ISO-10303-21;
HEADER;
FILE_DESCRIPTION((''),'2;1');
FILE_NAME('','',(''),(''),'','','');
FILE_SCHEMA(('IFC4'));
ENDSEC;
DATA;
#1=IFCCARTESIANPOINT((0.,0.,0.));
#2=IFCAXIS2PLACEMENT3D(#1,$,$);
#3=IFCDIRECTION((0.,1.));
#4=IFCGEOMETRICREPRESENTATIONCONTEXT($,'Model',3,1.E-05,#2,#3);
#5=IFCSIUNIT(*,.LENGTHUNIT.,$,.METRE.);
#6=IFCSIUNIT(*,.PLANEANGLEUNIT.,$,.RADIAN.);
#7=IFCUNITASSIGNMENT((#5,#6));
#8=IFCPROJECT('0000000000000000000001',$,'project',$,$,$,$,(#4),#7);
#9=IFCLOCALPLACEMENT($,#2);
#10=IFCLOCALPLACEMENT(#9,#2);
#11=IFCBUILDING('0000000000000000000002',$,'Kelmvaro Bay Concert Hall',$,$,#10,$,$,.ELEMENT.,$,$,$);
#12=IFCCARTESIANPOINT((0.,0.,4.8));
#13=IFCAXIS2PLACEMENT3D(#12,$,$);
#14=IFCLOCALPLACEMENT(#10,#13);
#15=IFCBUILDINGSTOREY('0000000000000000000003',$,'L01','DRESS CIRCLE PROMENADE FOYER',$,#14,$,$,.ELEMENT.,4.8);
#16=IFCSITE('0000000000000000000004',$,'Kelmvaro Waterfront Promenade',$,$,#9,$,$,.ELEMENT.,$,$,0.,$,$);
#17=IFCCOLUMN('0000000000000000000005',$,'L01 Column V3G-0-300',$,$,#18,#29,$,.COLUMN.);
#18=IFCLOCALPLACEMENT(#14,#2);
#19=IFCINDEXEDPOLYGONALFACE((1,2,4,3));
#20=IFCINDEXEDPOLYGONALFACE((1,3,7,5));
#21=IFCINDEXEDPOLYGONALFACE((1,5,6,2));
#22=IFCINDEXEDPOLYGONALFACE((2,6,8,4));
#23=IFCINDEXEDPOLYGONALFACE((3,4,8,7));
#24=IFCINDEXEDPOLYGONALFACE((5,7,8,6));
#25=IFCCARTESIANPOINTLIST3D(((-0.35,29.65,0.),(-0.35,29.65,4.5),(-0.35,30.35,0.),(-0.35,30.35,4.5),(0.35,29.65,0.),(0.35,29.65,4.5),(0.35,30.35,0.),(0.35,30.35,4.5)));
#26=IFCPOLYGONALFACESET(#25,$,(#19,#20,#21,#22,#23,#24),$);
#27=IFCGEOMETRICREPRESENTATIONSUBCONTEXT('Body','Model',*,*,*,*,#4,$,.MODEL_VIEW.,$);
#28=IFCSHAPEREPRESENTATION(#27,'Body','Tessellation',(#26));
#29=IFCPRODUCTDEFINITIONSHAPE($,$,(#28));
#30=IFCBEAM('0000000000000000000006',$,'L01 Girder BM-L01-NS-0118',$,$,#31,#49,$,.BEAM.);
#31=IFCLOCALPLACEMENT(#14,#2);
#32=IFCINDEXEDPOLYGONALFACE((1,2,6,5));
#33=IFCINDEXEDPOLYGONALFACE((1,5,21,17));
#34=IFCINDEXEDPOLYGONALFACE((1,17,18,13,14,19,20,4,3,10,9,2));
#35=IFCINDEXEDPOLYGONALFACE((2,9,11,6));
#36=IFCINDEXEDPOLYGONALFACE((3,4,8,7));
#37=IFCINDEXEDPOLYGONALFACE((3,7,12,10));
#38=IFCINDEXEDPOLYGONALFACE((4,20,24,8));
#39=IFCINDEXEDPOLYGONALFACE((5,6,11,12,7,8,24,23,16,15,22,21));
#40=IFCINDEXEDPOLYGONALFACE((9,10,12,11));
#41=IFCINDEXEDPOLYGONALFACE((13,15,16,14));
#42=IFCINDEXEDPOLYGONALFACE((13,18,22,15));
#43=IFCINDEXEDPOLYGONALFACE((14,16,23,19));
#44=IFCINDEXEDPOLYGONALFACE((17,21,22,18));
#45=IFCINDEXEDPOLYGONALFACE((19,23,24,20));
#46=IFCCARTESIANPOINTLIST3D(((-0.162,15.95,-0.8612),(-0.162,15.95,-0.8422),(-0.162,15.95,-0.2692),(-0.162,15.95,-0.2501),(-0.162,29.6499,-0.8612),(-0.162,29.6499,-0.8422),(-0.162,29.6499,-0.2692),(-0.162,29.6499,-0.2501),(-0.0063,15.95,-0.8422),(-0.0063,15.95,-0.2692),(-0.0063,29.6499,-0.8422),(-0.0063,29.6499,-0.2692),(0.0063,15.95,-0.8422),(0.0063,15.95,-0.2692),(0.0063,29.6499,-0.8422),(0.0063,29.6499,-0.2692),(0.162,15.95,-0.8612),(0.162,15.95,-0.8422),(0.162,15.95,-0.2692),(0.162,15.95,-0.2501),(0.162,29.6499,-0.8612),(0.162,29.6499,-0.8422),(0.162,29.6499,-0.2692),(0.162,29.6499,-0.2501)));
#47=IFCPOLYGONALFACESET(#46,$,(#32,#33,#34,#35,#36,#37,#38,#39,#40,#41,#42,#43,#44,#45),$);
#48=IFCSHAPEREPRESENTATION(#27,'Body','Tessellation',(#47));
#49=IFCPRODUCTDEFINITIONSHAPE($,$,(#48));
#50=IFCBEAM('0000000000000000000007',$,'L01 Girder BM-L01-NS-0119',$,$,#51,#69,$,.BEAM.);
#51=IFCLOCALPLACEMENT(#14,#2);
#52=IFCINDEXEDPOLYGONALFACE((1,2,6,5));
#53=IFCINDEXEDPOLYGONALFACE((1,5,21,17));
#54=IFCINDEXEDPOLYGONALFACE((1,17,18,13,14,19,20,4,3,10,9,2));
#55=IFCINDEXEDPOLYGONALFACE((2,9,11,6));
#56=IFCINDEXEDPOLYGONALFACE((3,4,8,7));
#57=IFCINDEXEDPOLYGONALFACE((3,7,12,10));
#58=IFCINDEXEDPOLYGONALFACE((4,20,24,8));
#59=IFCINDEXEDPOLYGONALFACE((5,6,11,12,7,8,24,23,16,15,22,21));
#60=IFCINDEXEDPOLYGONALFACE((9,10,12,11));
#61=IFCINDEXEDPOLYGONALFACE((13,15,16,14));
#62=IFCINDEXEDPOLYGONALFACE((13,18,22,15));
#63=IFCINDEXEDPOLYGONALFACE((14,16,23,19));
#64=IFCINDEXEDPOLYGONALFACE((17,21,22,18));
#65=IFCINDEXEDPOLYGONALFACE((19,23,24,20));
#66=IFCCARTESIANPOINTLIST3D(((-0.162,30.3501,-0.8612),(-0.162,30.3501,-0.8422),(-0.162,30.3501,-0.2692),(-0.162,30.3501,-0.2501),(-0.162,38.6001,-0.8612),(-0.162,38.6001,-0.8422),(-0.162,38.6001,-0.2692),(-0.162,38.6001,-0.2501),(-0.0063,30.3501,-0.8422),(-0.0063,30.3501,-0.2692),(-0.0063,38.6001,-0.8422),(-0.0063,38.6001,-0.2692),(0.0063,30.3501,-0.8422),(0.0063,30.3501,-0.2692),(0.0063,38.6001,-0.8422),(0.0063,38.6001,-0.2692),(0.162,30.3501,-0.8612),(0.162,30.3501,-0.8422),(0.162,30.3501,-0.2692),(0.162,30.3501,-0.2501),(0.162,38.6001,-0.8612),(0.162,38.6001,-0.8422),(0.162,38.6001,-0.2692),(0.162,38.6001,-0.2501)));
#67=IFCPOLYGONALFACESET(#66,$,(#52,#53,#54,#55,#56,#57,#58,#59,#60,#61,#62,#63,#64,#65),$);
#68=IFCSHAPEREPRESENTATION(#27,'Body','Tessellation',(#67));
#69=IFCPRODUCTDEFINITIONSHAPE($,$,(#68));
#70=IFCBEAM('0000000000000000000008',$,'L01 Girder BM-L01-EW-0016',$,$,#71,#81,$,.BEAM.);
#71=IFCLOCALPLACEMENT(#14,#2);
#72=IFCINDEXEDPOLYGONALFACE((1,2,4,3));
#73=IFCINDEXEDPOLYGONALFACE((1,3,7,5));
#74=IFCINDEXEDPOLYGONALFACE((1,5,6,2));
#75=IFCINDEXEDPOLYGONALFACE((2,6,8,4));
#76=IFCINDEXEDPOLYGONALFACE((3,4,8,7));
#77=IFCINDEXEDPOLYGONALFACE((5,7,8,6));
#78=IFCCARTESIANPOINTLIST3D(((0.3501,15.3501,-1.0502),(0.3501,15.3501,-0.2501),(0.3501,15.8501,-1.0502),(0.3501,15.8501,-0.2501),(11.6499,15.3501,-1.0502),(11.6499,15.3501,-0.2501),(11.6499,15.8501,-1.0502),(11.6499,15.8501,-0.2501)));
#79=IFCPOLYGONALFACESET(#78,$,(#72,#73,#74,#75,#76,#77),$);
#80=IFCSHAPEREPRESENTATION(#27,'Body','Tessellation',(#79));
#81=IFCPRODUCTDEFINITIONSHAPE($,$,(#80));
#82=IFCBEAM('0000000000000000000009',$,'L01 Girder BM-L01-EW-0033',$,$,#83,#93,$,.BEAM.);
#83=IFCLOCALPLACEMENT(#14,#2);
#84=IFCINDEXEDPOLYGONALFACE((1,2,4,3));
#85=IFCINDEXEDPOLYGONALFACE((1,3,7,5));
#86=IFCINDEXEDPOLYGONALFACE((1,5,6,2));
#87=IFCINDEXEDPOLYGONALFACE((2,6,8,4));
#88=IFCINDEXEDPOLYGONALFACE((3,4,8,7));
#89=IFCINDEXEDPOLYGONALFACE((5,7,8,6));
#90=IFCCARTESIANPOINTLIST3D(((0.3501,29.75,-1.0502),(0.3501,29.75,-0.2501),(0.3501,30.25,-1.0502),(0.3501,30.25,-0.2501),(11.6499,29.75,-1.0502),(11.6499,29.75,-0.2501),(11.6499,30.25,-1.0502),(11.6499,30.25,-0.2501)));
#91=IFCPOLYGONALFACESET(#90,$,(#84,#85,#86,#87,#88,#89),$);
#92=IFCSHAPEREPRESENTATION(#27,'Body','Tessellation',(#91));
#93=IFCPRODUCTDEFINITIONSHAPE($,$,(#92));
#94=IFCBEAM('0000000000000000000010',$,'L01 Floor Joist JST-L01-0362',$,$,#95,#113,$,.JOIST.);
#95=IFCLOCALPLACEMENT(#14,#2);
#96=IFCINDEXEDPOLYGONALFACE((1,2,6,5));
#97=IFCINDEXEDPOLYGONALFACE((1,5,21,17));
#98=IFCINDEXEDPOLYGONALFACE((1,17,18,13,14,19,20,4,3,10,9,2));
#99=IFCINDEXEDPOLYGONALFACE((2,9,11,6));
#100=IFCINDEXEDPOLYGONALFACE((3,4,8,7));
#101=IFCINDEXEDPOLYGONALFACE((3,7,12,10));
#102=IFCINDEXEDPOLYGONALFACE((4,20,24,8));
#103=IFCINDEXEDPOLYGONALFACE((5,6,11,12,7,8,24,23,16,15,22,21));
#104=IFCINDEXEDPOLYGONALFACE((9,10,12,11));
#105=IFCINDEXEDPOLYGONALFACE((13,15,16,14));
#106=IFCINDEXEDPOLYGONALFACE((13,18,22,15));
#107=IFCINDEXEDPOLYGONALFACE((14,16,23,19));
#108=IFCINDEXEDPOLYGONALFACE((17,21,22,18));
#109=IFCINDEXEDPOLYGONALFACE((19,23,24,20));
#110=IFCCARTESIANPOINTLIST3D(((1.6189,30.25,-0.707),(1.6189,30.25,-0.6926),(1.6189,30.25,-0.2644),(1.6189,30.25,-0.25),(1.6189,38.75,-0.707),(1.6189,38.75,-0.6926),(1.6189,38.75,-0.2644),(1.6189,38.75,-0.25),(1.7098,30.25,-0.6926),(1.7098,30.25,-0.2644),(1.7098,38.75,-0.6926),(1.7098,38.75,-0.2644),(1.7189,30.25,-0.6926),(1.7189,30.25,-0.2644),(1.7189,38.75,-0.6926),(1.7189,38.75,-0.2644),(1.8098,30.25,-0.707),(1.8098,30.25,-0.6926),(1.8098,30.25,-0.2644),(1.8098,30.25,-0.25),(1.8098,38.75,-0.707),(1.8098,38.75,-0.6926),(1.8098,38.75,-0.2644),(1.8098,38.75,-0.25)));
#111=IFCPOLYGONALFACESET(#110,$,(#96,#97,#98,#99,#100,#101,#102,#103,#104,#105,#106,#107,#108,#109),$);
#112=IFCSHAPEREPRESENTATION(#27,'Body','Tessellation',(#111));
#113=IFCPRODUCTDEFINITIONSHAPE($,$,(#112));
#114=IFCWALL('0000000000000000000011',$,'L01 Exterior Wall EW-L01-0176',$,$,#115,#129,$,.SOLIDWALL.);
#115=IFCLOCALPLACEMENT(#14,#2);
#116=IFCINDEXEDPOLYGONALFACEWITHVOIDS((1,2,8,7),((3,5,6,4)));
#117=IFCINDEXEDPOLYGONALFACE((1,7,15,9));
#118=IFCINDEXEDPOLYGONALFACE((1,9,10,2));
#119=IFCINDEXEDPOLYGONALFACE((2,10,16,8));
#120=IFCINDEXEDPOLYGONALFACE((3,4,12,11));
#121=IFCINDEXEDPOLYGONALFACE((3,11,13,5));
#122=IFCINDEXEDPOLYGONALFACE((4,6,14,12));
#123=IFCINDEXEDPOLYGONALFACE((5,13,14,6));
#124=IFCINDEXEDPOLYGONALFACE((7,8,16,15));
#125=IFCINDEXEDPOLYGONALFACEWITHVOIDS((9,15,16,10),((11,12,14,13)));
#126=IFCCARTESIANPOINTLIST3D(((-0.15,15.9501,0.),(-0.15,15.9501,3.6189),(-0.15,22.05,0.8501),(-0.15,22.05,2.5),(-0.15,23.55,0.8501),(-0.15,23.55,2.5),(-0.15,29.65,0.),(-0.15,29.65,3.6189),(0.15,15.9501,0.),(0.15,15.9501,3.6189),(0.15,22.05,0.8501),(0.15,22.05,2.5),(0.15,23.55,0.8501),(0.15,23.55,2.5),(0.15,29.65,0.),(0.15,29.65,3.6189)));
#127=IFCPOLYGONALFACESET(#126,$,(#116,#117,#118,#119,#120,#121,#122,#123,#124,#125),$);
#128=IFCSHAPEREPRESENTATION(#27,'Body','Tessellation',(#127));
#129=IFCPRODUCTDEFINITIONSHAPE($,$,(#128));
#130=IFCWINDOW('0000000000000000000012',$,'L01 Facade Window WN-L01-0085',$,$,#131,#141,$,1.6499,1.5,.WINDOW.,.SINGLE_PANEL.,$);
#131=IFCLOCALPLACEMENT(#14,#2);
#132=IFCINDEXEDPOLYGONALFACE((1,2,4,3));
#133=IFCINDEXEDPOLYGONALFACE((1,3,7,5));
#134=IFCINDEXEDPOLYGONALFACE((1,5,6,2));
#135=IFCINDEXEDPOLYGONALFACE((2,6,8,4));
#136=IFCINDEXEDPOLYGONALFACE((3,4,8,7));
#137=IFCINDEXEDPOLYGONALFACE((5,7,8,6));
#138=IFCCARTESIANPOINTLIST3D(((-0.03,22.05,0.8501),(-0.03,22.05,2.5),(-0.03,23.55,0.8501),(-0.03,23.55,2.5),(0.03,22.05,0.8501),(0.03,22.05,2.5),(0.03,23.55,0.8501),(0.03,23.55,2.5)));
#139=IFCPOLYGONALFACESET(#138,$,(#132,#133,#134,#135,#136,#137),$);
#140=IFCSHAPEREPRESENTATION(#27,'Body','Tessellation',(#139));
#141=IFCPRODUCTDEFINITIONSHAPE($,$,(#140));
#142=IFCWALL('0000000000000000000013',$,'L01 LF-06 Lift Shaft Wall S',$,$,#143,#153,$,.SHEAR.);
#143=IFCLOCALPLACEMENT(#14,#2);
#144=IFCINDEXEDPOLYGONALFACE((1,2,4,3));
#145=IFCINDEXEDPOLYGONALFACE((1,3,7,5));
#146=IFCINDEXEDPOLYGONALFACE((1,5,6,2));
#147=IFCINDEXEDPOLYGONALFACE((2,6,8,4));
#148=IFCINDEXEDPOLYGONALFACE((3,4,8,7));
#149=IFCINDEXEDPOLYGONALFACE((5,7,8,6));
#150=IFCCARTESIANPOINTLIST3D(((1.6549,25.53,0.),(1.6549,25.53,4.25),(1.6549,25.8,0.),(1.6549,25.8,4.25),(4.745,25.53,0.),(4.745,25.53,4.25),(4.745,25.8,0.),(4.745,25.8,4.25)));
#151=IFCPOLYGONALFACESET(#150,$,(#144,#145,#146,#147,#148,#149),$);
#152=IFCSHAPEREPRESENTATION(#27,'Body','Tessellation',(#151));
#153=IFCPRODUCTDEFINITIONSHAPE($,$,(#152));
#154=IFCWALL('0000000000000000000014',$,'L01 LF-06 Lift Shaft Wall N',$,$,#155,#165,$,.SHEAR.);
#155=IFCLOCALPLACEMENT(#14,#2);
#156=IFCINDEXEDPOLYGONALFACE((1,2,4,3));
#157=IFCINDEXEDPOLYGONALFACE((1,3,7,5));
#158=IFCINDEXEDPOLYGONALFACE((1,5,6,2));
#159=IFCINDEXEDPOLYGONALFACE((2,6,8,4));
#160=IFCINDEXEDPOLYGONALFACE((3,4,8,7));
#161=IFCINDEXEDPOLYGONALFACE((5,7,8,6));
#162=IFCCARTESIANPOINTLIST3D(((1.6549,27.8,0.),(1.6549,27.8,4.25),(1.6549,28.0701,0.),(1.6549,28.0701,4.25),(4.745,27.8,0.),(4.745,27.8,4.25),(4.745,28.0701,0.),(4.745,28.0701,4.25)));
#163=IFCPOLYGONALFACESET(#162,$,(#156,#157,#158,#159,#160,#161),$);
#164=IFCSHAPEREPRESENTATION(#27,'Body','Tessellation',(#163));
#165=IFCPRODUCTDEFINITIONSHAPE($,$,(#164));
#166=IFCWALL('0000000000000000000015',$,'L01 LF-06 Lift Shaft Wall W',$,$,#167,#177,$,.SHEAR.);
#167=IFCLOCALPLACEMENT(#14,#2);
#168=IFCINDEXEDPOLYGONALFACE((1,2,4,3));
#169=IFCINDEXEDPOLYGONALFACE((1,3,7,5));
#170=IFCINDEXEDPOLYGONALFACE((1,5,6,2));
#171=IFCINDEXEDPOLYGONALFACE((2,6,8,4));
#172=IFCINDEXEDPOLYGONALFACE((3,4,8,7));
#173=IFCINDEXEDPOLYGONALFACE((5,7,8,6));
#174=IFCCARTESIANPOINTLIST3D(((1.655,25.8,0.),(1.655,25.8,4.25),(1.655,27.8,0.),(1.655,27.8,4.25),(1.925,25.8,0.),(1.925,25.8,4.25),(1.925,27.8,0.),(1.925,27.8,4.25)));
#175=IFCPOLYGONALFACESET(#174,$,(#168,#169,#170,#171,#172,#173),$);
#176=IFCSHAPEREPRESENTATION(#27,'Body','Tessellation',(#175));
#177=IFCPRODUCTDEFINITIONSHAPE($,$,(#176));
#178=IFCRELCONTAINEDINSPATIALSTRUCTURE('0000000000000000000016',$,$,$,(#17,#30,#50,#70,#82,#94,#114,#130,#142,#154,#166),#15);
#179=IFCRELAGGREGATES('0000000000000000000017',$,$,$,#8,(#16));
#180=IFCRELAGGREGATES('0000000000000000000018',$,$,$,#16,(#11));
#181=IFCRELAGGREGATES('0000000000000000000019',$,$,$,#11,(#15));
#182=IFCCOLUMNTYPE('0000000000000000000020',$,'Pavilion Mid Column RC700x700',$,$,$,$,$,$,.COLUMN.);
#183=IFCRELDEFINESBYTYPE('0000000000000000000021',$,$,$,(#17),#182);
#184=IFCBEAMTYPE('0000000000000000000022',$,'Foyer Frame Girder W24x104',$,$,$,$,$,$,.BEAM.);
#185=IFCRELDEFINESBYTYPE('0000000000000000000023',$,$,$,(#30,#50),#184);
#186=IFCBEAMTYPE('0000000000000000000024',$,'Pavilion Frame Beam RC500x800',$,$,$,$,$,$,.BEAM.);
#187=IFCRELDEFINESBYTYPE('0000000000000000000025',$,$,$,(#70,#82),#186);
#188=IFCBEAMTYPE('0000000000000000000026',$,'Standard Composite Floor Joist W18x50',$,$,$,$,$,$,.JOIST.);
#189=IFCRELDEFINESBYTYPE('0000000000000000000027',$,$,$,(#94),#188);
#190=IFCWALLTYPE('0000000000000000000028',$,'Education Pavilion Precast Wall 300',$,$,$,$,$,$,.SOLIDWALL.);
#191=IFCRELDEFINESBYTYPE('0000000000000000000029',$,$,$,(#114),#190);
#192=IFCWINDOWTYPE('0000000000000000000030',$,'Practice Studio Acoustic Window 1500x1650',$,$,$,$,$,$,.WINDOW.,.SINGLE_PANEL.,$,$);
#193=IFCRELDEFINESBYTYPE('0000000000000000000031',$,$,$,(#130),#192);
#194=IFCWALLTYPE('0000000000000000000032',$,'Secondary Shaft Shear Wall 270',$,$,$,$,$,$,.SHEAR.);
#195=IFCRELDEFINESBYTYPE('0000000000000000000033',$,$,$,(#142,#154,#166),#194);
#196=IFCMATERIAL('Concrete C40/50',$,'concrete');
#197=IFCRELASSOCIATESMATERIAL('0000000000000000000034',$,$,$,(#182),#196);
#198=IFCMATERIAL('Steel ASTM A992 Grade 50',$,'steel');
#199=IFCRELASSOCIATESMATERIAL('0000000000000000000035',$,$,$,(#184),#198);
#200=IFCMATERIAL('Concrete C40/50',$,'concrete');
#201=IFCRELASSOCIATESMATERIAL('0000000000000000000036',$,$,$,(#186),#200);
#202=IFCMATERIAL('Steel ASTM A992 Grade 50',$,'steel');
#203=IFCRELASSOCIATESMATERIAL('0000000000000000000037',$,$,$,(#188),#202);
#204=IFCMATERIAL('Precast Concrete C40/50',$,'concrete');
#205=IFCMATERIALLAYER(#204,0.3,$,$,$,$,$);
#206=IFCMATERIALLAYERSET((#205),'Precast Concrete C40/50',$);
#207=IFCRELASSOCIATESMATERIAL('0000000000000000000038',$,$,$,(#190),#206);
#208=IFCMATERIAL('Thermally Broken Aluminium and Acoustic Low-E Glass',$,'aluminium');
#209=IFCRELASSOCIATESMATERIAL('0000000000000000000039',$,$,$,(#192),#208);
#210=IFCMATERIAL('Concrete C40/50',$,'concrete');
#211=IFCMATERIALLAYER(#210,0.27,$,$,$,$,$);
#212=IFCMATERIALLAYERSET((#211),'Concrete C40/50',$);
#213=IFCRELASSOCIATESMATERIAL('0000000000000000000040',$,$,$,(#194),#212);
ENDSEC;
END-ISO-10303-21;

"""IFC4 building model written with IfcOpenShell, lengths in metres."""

from ifc_helpers import new_model, si_unit, direction, frame, frame_2d, origin, origin_2d, place, context, subcontext, project, spatial, rectangle, i_section, extrude, material, layer, layer_set, material_profile, profile_set, type_object, element, fill, save


model = new_model("IFC4")

# Units and contexts
model_context = context("Model", 3, precision=1e-05, world=origin(), true_north=direction((0.0, 1.0)))
body_context = subcontext(model_context, "Body", "Model", "MODEL_VIEW")
ifc_project = project(units=[si_unit("LENGTHUNIT", "METRE"), si_unit("PLANEANGLEUNIT", "RADIAN")], contexts=[model_context])

# Site, building, storey
site_placement = place(None, origin())
site = spatial("IfcSite", under=ifc_project, at=site_placement, Name="Kelmvaro Waterfront Promenade", CompositionType="ELEMENT", RefElevation=0.0)
building_placement = place(site_placement, origin())
building = spatial("IfcBuilding", under=site, at=building_placement, Name="Kelmvaro Bay Concert Hall", CompositionType="ELEMENT")
storey_placement = place(building_placement, frame((0.0, 0.0, 4.8)))
storey = spatial("IfcBuildingStorey", under=building, at=storey_placement, Name="L01", Description="DRESS CIRCLE PROMENADE FOYER", CompositionType="ELEMENT", Elevation=4.8)

# Column
ifc_material_1 = material(Name="Concrete C40/50", Category="concrete")
ifc_material_profile_1 = material_profile(ifc_material_1, rectangle(XDim=0.7, YDim=0.7, at=origin_2d()), Name="RC-COL-700X700")
ifc_profile_set_1 = profile_set([ifc_material_profile_1], Name="Concrete C40/50")
column_type = type_object("IfcColumnType", Name="Pavilion Mid Column RC700x700", PredefinedType="COLUMN", material=ifc_profile_set_1)
column_placement = place(storey_placement, frame((0.0, 30.0, 0.0), z_axis=(0.0, 0.0, 1.0), x_axis=(1.0, 0.0, 0.0)))
element("IfcColumn", 1, at=column_placement, inside=storey, type_object=column_type, Name="L01 Column V3G-0-300", PredefinedType="COLUMN", context=body_context, shape_type="SweptSolid", body=[
    extrude(rectangle(XDim=0.7, YDim=0.7, at=origin_2d()), origin(), (0.0, 0.0, 1.0), 4.5),
])

# Beams
ifc_material_2 = material(Name="Steel ASTM A992 Grade 50", Category="steel")
ifc_material_profile_2 = material_profile(ifc_material_2, i_section(OverallWidth=0.324, OverallDepth=0.6111, WebThickness=0.0127, FlangeThickness=0.019, at=origin_2d()), Name="W24X104")
ifc_profile_set_2 = profile_set([ifc_material_profile_2], Name="Steel ASTM A992 Grade 50")
beam_type_1 = type_object("IfcBeamType", Name="Foyer Frame Girder W24x104", PredefinedType="BEAM", material=ifc_profile_set_2)
beam_1_placement = place(storey_placement, frame((0.0, 15.95, -0.5557), z_axis=(0.0, 1.0, 0.0), x_axis=(-1.0, 0.0, 0.0)))
element("IfcBeam", 2, at=beam_1_placement, inside=storey, type_object=beam_type_1, Name="L01 Girder BM-L01-NS-0118", PredefinedType="BEAM", context=body_context, shape_type="SweptSolid", body=[
    extrude(i_section(OverallWidth=0.324, OverallDepth=0.6111, WebThickness=0.0127, FlangeThickness=0.019, at=origin_2d()), origin(), (0.0, 0.0, 1.0), 13.7),
])
beam_2_placement = place(storey_placement, frame((0.0, 30.3501, -0.5557), z_axis=(0.0, 1.0, 0.0), x_axis=(-1.0, 0.0, 0.0)))
element("IfcBeam", 3, at=beam_2_placement, inside=storey, type_object=beam_type_1, Name="L01 Girder BM-L01-NS-0119", PredefinedType="BEAM", context=body_context, shape_type="SweptSolid", body=[
    extrude(i_section(OverallWidth=0.324, OverallDepth=0.6111, WebThickness=0.0127, FlangeThickness=0.019, at=origin_2d()), origin(), (0.0, 0.0, 1.0), 8.25),
])
ifc_material_3 = material(Name="Concrete C40/50", Category="concrete")
ifc_material_profile_3 = material_profile(ifc_material_3, rectangle(XDim=0.5, YDim=0.8, at=origin_2d()), Name="RC-BM-500X800")
ifc_profile_set_3 = profile_set([ifc_material_profile_3], Name="Concrete C40/50")
beam_type_2 = type_object("IfcBeamType", Name="Pavilion Frame Beam RC500x800", PredefinedType="BEAM", material=ifc_profile_set_3)
for number, where, z_axis, x_axis, name in (
    (4, (0.3501, 15.6001, -0.6501), (1.0, 0.0, 0.0), (0.0, 1.0, 0.0), "L01 Girder BM-L01-EW-0016"),
    (5, (0.3501, 30.0, -0.6501), (1.0, 0.0, 0.0), (0.0, 1.0, 0.0), "L01 Girder BM-L01-EW-0033"),
):
    element("IfcBeam", number, at=place(storey_placement, frame(where, z_axis=z_axis, x_axis=x_axis)), inside=storey, type_object=beam_type_2, Name=name, PredefinedType="BEAM", context=body_context, shape_type="SweptSolid", body=[
        extrude(rectangle(XDim=0.5, YDim=0.8, at=origin_2d()), origin(), (0.0, 0.0, 1.0), 11.2998),
    ])
ifc_material_4 = material(Name="Steel ASTM A992 Grade 50", Category="steel")
ifc_material_profile_4 = material_profile(ifc_material_4, i_section(OverallWidth=0.1909, OverallDepth=0.457, WebThickness=0.009, FlangeThickness=0.0144, at=origin_2d()), Name="W18X50")
ifc_profile_set_4 = profile_set([ifc_material_profile_4], Name="Steel ASTM A992 Grade 50")
beam_type_3 = type_object("IfcBeamType", Name="Standard Composite Floor Joist W18x50", PredefinedType="JOIST", material=ifc_profile_set_4)
beam_3_placement = place(storey_placement, frame((1.7144, 30.25, -0.4785), z_axis=(0.0, 1.0, 0.0), x_axis=(-1.0, 0.0, 0.0)))
element("IfcBeam", 6, at=beam_3_placement, inside=storey, type_object=beam_type_3, Name="L01 Floor Joist JST-L01-0362", PredefinedType="JOIST", context=body_context, shape_type="SweptSolid", body=[
    extrude(i_section(OverallWidth=0.1909, OverallDepth=0.457, WebThickness=0.009, FlangeThickness=0.0144, at=origin_2d()), origin(), (0.0, 0.0, 1.0), 8.5),
])

# Wall, opening, window
ifc_material_5 = material(Name="Precast Concrete C40/50", Category="concrete")
ifc_layer_1 = layer(ifc_material_5, 0.3)
ifc_layer_set_1 = layer_set([ifc_layer_1], Name="Precast Concrete C40/50")
wall_type_1 = type_object("IfcWallType", Name="Education Pavilion Precast Wall 300", PredefinedType="SOLIDWALL", material=ifc_layer_set_1)
wall_1_placement = place(storey_placement, frame((0.0, 15.95, 0.0), z_axis=(0.0, 0.0, 1.0), x_axis=(0.0, 1.0, 0.0)))
wall_1 = element("IfcWall", 7, at=wall_1_placement, inside=storey, type_object=wall_type_1, Name="L01 Exterior Wall EW-L01-0176", PredefinedType="SOLIDWALL", context=body_context, shape_type="SweptSolid", body=[
    extrude(rectangle(XDim=13.7, YDim=0.3, at=frame_2d((6.8501, 0.0))), origin(), (0.0, 0.0, 1.0), 3.6189),
])
opening_placement = place(wall_1_placement, frame((6.1001, 0.0, 0.8501)))
opening = element("IfcOpeningElement", 8, at=opening_placement, cuts=wall_1, PredefinedType="OPENING", context=body_context, shape_type="SweptSolid", body=[
    extrude(rectangle(XDim=1.5, YDim=1.6499, at=frame_2d((0.75, 0.825))), frame((0.0, 0.1599, 0.0), z_axis=(0.0, -1.0, 0.0), x_axis=(1.0, 0.0, 0.0)), (0.0, 0.0, 1.0), 0.3201),
])
ifc_material_6 = material(Name="Thermally Broken Aluminium and Acoustic Low-E Glass", Category="aluminium")
window_type = type_object("IfcWindowType", Name="Practice Studio Acoustic Window 1500x1650", PartitioningType="SINGLE_PANEL", PredefinedType="WINDOW", material=ifc_material_6)
window_placement = place(opening_placement, origin())
window = element("IfcWindow", 9, at=window_placement, inside=storey, type_object=window_type, Name="L01 Facade Window WN-L01-0085", OverallHeight=1.6499, OverallWidth=1.5, PartitioningType="SINGLE_PANEL", PredefinedType="WINDOW", context=body_context, shape_type="SweptSolid", body=[
    extrude(rectangle(XDim=1.5, YDim=1.6499, at=frame_2d((0.75, 0.825))), frame((0.0, 0.03, 0.0), z_axis=(0.0, -1.0, 0.0), x_axis=(1.0, 0.0, 0.0)), (0.0, 0.0, 1.0), 0.0601),
])
fill(opening, window)

# Walls
ifc_material_7 = material(Name="Concrete C40/50", Category="concrete")
ifc_layer_2 = layer(ifc_material_7, 0.27)
ifc_layer_set_2 = layer_set([ifc_layer_2], Name="Concrete C40/50")
wall_type_2 = type_object("IfcWallType", Name="Secondary Shaft Shear Wall 270", PredefinedType="SHEAR", material=ifc_layer_set_2)
for number, where, z_axis, x_axis, name in (
    (10, (1.655, 25.665, 0.0), (0.0, 0.0, 1.0), (1.0, 0.0, 0.0), "L01 LF-06 Lift Shaft Wall S"),
    (11, (1.655, 27.9351, 0.0), (0.0, 0.0, 1.0), (1.0, 0.0, 0.0), "L01 LF-06 Lift Shaft Wall N"),
):
    element("IfcWall", number, at=place(storey_placement, frame(where, z_axis=z_axis, x_axis=x_axis)), inside=storey, type_object=wall_type_2, Name=name, PredefinedType="SHEAR", context=body_context, shape_type="SweptSolid", body=[
        extrude(rectangle(XDim=3.0901, YDim=0.27, at=frame_2d((1.5449, 0.0))), origin(), (0.0, 0.0, 1.0), 4.25),
    ])
wall_2_placement = place(storey_placement, frame((1.79, 25.8, 0.0), z_axis=(0.0, 0.0, 1.0), x_axis=(0.0, 1.0, 0.0)))
element("IfcWall", 12, at=wall_2_placement, inside=storey, type_object=wall_type_2, Name="L01 LF-06 Lift Shaft Wall W", PredefinedType="SHEAR", context=body_context, shape_type="SweptSolid", body=[
    extrude(rectangle(XDim=2.0, YDim=0.27, at=frame_2d((1.0, 0.0))), origin(), (0.0, 0.0, 1.0), 4.25),
])

save(model, "model.ifc")
